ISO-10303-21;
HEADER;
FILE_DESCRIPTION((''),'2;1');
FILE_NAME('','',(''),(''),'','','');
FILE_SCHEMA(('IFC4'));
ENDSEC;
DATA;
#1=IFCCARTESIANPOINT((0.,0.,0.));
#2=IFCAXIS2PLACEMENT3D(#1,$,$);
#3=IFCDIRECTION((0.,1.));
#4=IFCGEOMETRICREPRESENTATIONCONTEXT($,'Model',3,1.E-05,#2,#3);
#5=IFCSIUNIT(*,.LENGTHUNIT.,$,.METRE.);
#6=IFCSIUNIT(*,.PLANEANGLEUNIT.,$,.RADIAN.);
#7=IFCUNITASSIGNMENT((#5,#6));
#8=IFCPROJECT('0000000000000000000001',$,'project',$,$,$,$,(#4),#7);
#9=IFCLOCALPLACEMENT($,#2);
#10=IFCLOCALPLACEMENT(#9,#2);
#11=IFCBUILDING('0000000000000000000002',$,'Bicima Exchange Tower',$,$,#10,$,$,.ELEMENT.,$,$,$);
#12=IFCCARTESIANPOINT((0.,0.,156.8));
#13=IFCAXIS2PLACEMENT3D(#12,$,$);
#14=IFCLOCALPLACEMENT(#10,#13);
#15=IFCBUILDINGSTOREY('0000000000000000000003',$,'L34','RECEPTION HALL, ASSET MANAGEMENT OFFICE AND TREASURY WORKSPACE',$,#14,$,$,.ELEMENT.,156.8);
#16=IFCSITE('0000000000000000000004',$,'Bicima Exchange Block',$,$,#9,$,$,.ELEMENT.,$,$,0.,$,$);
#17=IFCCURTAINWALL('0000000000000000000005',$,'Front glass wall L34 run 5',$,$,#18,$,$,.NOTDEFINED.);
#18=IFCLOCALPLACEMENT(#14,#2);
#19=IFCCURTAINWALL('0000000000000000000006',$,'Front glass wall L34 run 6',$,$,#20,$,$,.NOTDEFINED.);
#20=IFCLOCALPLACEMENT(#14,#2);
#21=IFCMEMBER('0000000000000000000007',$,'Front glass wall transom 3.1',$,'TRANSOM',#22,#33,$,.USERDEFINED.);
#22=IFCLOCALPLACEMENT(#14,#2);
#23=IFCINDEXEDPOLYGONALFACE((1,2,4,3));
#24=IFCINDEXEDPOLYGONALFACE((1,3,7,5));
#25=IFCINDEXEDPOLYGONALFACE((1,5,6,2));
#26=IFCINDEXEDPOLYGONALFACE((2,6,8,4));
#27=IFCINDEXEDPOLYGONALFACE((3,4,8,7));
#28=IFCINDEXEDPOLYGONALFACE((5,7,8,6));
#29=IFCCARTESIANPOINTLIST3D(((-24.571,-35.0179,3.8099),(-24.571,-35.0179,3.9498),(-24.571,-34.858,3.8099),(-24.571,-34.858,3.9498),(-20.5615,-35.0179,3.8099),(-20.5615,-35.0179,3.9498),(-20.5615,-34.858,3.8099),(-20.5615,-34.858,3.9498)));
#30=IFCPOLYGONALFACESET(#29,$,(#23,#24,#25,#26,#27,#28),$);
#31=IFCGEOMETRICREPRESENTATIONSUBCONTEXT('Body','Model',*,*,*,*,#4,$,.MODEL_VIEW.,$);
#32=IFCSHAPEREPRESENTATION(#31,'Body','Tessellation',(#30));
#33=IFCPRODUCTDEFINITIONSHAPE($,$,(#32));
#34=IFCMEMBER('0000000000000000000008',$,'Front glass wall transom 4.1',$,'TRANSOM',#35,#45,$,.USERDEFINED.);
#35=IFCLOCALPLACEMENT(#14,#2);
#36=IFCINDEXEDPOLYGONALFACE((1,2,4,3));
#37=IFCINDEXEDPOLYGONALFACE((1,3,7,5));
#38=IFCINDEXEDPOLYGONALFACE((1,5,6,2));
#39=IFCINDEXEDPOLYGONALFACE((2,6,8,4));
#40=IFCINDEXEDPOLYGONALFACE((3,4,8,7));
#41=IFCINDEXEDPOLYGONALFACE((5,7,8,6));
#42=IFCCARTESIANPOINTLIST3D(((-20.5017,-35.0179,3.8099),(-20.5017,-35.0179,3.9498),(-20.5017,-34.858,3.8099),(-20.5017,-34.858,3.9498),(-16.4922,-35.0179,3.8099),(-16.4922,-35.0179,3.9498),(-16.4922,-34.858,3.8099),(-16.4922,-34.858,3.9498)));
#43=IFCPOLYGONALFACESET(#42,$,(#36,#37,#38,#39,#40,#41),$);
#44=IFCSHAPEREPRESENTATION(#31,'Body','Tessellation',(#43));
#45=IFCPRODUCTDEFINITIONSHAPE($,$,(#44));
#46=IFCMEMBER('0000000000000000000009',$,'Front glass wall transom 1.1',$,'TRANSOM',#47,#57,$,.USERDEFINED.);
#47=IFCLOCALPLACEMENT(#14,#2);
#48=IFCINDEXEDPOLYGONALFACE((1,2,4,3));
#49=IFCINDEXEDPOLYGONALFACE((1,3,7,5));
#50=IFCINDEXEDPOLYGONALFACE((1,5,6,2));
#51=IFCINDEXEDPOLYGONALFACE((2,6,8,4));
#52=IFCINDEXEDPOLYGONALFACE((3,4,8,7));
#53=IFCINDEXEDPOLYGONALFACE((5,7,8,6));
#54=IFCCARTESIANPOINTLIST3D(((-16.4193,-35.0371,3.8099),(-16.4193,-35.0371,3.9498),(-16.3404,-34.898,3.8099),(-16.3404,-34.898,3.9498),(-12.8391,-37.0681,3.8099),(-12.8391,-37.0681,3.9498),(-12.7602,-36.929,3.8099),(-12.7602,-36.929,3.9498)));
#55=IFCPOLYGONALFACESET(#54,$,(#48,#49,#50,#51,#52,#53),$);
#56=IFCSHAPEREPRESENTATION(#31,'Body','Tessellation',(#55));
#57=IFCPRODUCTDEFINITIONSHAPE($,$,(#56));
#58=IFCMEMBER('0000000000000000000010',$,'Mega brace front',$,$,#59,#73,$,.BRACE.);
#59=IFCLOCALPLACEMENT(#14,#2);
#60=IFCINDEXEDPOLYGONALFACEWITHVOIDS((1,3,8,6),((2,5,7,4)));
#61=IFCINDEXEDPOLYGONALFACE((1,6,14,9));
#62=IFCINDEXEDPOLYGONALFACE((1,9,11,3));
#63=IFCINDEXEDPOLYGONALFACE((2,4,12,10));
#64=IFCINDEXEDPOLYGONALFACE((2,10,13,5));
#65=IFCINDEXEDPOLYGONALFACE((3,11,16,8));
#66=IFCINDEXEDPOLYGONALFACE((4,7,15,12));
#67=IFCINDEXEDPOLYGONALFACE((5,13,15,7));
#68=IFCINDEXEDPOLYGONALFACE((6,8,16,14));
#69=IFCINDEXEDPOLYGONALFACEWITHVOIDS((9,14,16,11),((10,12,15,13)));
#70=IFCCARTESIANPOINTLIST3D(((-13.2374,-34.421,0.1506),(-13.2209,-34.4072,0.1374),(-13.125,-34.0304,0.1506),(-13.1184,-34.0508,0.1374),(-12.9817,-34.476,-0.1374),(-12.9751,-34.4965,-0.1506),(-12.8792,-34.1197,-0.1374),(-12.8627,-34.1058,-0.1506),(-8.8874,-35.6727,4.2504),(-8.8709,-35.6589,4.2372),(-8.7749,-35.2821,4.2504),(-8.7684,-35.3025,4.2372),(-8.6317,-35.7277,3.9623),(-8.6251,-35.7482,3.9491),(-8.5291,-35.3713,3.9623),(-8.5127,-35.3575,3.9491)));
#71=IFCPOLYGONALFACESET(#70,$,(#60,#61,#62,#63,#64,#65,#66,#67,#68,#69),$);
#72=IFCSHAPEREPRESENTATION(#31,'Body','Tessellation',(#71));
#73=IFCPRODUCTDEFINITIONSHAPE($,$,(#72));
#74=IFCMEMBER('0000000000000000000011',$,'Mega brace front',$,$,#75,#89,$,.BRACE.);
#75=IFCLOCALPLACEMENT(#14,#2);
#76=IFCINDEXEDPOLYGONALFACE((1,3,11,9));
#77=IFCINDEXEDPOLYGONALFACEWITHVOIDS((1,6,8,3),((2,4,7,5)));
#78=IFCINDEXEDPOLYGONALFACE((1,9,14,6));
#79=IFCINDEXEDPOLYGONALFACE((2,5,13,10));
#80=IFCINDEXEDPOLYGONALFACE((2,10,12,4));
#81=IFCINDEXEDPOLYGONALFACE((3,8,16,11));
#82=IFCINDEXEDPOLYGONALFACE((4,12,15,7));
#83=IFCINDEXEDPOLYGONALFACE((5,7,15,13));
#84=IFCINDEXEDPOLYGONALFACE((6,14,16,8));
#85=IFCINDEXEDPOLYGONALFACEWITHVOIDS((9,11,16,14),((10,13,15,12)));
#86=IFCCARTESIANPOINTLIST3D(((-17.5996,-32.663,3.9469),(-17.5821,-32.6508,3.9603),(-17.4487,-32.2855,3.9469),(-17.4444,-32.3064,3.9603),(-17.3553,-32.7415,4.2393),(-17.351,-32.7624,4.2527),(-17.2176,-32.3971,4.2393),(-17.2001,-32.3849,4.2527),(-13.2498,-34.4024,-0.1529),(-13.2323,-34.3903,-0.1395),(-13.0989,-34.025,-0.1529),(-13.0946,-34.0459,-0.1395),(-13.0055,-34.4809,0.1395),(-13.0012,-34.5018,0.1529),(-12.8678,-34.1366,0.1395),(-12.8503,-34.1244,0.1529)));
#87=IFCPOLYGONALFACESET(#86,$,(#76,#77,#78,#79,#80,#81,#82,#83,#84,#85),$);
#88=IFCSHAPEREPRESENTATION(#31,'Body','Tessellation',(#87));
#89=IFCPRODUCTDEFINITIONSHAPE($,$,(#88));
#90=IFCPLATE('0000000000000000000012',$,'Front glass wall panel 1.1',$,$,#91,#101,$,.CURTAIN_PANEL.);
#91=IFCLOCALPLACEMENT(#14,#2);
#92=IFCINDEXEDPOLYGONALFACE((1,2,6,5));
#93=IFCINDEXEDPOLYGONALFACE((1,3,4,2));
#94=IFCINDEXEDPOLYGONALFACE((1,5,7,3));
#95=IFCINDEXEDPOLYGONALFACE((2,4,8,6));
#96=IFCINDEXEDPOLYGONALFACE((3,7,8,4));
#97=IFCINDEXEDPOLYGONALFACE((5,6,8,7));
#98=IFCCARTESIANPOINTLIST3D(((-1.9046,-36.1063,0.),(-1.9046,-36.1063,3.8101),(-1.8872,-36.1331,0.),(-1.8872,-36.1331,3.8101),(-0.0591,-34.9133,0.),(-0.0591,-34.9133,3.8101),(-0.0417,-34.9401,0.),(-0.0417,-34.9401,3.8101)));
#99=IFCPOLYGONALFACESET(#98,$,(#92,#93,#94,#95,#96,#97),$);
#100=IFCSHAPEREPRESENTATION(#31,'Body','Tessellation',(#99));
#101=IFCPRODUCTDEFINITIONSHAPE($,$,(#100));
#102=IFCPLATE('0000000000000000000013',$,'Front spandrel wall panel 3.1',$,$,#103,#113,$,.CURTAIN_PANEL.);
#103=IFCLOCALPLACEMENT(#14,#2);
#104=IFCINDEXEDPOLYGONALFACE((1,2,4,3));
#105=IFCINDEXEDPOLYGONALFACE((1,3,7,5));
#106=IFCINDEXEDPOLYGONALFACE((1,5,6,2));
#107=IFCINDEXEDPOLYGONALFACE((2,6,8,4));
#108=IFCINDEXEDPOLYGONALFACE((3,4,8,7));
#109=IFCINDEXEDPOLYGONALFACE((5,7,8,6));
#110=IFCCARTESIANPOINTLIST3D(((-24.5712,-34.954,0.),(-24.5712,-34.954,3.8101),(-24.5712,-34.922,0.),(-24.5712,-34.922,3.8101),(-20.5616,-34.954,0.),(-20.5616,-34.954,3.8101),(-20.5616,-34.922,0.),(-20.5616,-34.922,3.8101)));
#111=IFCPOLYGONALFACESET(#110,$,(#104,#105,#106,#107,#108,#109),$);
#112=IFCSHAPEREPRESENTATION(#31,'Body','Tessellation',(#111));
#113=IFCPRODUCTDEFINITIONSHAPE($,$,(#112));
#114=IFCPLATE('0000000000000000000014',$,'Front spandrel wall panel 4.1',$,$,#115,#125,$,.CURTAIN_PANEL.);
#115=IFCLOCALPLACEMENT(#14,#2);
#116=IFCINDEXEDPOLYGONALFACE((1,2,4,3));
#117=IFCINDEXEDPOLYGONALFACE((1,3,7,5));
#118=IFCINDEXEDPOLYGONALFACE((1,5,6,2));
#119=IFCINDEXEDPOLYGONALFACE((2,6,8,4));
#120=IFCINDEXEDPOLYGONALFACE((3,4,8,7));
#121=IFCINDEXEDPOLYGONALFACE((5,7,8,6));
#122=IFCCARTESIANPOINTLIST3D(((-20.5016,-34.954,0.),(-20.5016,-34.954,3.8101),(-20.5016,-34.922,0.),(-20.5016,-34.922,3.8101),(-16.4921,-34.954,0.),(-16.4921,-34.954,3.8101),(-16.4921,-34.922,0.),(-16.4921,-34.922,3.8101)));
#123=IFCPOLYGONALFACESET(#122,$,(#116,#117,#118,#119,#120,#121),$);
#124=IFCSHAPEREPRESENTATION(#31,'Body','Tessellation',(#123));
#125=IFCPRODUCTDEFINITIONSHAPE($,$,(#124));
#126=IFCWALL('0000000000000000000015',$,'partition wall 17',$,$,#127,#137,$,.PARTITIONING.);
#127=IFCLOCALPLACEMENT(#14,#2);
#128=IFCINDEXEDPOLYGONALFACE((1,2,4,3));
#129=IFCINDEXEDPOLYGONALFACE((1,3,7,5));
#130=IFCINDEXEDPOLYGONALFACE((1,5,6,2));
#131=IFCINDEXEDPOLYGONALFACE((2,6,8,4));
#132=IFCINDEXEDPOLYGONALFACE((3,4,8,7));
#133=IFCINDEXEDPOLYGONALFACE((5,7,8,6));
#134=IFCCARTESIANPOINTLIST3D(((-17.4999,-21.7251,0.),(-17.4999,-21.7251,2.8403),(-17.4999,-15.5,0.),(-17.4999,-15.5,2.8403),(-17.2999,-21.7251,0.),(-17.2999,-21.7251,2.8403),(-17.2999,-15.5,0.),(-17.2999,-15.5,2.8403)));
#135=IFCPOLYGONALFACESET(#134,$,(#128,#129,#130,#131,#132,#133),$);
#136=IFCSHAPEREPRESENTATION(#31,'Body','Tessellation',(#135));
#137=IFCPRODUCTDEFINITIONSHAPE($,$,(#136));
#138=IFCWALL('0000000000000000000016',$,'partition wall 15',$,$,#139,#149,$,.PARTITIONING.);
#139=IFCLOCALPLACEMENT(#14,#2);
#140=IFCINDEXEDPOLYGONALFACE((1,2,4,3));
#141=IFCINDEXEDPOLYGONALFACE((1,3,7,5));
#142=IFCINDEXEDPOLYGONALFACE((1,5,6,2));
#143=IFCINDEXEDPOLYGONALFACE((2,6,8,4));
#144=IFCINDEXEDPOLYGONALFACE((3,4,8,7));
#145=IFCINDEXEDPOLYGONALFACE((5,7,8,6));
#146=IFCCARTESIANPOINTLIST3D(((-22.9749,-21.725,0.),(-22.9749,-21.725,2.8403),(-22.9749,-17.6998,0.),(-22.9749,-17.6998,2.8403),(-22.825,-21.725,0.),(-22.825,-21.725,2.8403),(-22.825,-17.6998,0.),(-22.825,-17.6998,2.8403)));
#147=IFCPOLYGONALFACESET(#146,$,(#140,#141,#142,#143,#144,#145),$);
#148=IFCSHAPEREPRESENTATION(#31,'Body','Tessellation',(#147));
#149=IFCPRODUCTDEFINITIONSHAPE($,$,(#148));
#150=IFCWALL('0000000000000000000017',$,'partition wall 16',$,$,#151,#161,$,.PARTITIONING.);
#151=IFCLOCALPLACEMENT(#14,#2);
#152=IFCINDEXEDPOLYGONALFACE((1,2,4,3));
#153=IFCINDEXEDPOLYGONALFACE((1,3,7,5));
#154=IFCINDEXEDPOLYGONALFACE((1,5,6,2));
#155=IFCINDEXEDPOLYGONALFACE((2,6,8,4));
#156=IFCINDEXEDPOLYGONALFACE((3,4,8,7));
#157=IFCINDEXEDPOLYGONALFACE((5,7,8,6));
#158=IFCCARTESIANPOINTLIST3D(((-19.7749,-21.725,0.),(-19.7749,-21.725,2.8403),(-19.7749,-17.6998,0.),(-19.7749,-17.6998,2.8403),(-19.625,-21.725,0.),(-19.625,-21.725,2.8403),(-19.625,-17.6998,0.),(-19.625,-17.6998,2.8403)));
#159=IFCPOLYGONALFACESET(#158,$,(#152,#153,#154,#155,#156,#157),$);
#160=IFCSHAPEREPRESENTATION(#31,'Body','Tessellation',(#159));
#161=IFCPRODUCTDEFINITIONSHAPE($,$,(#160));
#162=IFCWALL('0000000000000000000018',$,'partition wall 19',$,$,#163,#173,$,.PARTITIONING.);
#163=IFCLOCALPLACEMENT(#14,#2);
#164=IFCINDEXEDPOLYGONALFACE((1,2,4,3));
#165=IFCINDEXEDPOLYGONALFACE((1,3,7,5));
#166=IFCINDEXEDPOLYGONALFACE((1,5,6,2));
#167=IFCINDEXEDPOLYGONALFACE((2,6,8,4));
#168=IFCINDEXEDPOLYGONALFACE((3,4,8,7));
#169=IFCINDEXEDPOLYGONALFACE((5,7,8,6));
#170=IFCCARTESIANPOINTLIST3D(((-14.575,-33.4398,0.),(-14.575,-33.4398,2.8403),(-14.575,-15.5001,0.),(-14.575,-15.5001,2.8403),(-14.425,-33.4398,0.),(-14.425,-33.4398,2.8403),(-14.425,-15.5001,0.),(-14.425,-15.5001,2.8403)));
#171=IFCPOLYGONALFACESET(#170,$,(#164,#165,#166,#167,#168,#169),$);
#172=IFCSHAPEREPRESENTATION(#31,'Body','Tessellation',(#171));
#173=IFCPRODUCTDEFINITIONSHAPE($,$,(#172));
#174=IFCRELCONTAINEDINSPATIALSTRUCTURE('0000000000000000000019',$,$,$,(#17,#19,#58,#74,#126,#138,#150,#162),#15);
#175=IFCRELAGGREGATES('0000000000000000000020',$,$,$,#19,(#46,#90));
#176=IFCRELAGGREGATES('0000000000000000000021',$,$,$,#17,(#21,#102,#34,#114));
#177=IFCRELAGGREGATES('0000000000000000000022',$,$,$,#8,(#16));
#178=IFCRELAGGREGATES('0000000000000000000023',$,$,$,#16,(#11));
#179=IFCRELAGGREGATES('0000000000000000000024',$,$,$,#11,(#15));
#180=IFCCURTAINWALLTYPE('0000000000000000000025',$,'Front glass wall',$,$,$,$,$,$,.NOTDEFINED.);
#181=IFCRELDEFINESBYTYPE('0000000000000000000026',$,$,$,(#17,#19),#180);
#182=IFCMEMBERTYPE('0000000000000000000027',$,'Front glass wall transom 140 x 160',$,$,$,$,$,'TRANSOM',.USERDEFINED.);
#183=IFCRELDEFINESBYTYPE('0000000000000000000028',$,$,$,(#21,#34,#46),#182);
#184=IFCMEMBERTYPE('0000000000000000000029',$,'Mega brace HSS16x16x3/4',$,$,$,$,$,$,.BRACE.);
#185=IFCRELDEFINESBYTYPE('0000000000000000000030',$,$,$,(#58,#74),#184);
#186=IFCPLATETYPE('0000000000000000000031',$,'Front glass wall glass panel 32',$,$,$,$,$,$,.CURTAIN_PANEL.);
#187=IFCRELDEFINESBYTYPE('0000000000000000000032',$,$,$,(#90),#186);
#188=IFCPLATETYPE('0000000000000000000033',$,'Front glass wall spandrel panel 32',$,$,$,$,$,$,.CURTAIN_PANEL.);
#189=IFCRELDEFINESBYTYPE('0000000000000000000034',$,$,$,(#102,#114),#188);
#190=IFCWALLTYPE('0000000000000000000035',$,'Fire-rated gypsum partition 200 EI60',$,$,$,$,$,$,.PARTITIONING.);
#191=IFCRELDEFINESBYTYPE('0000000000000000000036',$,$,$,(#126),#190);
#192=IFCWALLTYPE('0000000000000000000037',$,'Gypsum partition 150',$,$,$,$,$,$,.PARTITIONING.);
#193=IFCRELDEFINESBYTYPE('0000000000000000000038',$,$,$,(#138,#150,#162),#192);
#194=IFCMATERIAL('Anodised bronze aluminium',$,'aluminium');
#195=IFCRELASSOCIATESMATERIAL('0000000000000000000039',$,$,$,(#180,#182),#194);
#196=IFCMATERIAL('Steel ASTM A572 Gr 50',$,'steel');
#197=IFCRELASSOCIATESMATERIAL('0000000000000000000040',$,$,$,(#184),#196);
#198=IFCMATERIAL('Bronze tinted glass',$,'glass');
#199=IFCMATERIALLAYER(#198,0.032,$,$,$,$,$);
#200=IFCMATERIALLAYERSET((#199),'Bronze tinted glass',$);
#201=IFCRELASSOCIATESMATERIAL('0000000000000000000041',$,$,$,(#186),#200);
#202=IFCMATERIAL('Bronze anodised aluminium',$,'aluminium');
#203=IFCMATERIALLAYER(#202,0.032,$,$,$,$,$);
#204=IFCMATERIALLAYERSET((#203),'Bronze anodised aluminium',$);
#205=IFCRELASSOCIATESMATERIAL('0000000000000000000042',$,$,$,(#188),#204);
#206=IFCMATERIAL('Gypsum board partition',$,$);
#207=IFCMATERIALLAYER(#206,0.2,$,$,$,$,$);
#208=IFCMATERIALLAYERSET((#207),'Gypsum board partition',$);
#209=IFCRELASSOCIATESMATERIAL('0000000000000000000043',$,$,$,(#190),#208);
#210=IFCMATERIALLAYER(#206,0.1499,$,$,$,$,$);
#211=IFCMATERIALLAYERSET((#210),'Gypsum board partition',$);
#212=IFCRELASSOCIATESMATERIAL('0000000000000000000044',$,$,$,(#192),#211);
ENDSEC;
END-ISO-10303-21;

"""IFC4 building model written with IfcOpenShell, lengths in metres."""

from ifc_helpers import new_model, si_unit, direction, frame, frame_2d, origin, origin_2d, place, context, subcontext, project, spatial, rectangle, hollow_rectangle, extrude, material, layer, layer_set, material_profile, profile_set, type_object, element, aggregate, save


model = new_model("IFC4")

# Units and contexts
model_context = context("Model", 3, precision=1e-05, world=origin(), true_north=direction((0.0, 1.0)))
body_context = subcontext(model_context, "Body", "Model", "MODEL_VIEW")
ifc_project = project(units=[si_unit("LENGTHUNIT", "METRE"), si_unit("PLANEANGLEUNIT", "RADIAN")], contexts=[model_context])

# Site, building, storey
site_placement = place(None, origin())
site = spatial("IfcSite", under=ifc_project, at=site_placement, Name="Bicima Exchange Block", CompositionType="ELEMENT", RefElevation=0.0)
building_placement = place(site_placement, origin())
building = spatial("IfcBuilding", under=site, at=building_placement, Name="Bicima Exchange Tower", CompositionType="ELEMENT")
storey_placement = place(building_placement, frame((0.0, 0.0, 156.8)))
storey = spatial("IfcBuildingStorey", under=building, at=storey_placement, Name="L34", Description="RECEPTION HALL, ASSET MANAGEMENT OFFICE AND TREASURY WORKSPACE", CompositionType="ELEMENT", Elevation=156.8)

# Curtain wall
ifc_material_1 = material(Name="Anodised bronze aluminium", Category="aluminium")
curtain_wall_type = type_object("IfcCurtainWallType", Name="Front glass wall", PredefinedType="NOTDEFINED", material=ifc_material_1)
curtain_wall_1_placement = place(storey_placement, origin())
curtain_wall_1 = element("IfcCurtainWall", 1, at=curtain_wall_1_placement, inside=storey, type_object=curtain_wall_type, Name="Front glass wall L34 run 5", PredefinedType="NOTDEFINED")

# Curtain wall
curtain_wall_2_placement = place(storey_placement, origin())
curtain_wall_2 = element("IfcCurtainWall", 2, at=curtain_wall_2_placement, inside=storey, type_object=curtain_wall_type, Name="Front glass wall L34 run 6", PredefinedType="NOTDEFINED")

# Members
ifc_material_profile_1 = material_profile(ifc_material_1, rectangle(XDim=0.1599, YDim=0.1399, at=origin_2d()))
ifc_profile_set_1 = profile_set([ifc_material_profile_1], Name="Anodised bronze aluminium")
member_type_1 = type_object("IfcMemberType", Name="Front glass wall transom 140 x 160", ElementType="TRANSOM", PredefinedType="USERDEFINED", material=ifc_profile_set_1)
member_1_placement = place(storey_placement, frame((-24.571, -34.938, 3.8799), z_axis=(1.0, 0.0, 0.0), x_axis=(0.0, 1.0, 0.0)))
member_1 = element("IfcMember", 3, at=member_1_placement, type_object=member_type_1, Name="Front glass wall transom 3.1", ObjectType="TRANSOM", PredefinedType="USERDEFINED", context=body_context, shape_type="SweptSolid", body=[
    extrude(rectangle(XDim=0.1599, YDim=0.1399, at=origin_2d()), origin(), (0.0, 0.0, 1.0), 4.0095),
])
member_2_placement = place(storey_placement, frame((-20.5017, -34.938, 3.8799), z_axis=(1.0, 0.0, 0.0), x_axis=(0.0, 1.0, 0.0)))
member_2 = element("IfcMember", 4, at=member_2_placement, type_object=member_type_1, Name="Front glass wall transom 4.1", ObjectType="TRANSOM", PredefinedType="USERDEFINED", context=body_context, shape_type="SweptSolid", body=[
    extrude(rectangle(XDim=0.1599, YDim=0.1399, at=origin_2d()), origin(), (0.0, 0.0, 1.0), 4.0095),
])
member_3_placement = place(storey_placement, frame((-16.3799, -34.9675, 3.8799), z_axis=(0.869797, -0.493409, 0.0), x_axis=(0.493409, 0.869797, 0.0)))
member_3 = element("IfcMember", 5, at=member_3_placement, type_object=member_type_1, Name="Front glass wall transom 1.1", ObjectType="TRANSOM", PredefinedType="USERDEFINED", context=body_context, shape_type="SweptSolid", body=[
    extrude(rectangle(XDim=0.1599, YDim=0.1399, at=origin_2d()), origin(), (0.0, 0.0, 1.0), 4.1162),
])

# Members
ifc_material_2 = material(Name="Steel ASTM A572 Gr 50", Category="steel")
ifc_material_profile_2 = material_profile(ifc_material_2, hollow_rectangle(XDim=0.4065, YDim=0.4065, WallThickness=0.0178, at=origin_2d()))
ifc_profile_set_2 = profile_set([ifc_material_profile_2], Name="Steel ASTM A572 Gr 50")
member_type_2 = type_object("IfcMemberType", Name="Mega brace HSS16x16x3/4", PredefinedType="BRACE", material=ifc_profile_set_2)
member_4_placement = place(storey_placement, frame((-13.05, -34.2634, 0.0), z_axis=(0.71228, -0.204953, 0.671305), x_axis=(0.276523, 0.961007, 0.0)))
element("IfcMember", 6, at=member_4_placement, inside=storey, type_object=member_type_2, Name="Mega brace front", PredefinedType="BRACE", context=body_context, shape_type="SweptSolid", body=[
    extrude(hollow_rectangle(XDim=0.4065, YDim=0.4065, WallThickness=0.0178, at=origin_2d()), origin(), (0.0, 0.0, 1.0), 6.1072),
])
member_5_placement = place(storey_placement, frame((-13.05, -34.2634, 0.0), z_axis=(-0.698724, 0.279419, 0.658566), x_axis=(-0.37131, -0.928509, 0.0)))
element("IfcMember", 7, at=member_5_placement, inside=storey, type_object=member_type_2, Name="Mega brace front", PredefinedType="BRACE", context=body_context, shape_type="SweptSolid", body=[
    extrude(hollow_rectangle(XDim=0.4065, YDim=0.4065, WallThickness=0.0178, at=origin_2d()), origin(), (0.0, 0.0, 1.0), 6.2253),
])

# Plates
ifc_material_3 = material(Name="Bronze tinted glass", Category="glass")
ifc_layer_1 = layer(ifc_material_3, 0.032)
ifc_layer_set_1 = layer_set([ifc_layer_1], Name="Bronze tinted glass")
plate_type_1 = type_object("IfcPlateType", Name="Front glass wall glass panel 32", PredefinedType="CURTAIN_PANEL", material=ifc_layer_set_1)
plate_1_placement = place(storey_placement, frame((-0.9731, -35.5232, 0.0), z_axis=(0.0, 0.0, 1.0), x_axis=(0.839799, 0.542897, 0.0)))
plate_1 = element("IfcPlate", 8, at=plate_1_placement, type_object=plate_type_1, Name="Front glass wall panel 1.1", PredefinedType="CURTAIN_PANEL", context=body_context, shape_type="SweptSolid", body=[
    extrude(rectangle(XDim=2.1975, YDim=0.032, at=origin_2d()), origin(), (0.0, 0.0, 1.0), 3.8101),
])
aggregate(curtain_wall_2, [member_3, plate_1])
ifc_material_4 = material(Name="Bronze anodised aluminium", Category="aluminium")
ifc_layer_2 = layer(ifc_material_4, 0.032)
ifc_layer_set_2 = layer_set([ifc_layer_2], Name="Bronze anodised aluminium")
plate_type_2 = type_object("IfcPlateType", Name="Front glass wall spandrel panel 32", PredefinedType="CURTAIN_PANEL", material=ifc_layer_set_2)
plate_2_placement = place(storey_placement, frame((-22.5664, -34.938, 0.0), z_axis=(0.0, 0.0, 1.0), x_axis=(1.0, 0.0, 0.0)))
plate_2 = element("IfcPlate", 9, at=plate_2_placement, type_object=plate_type_2, Name="Front spandrel wall panel 3.1", PredefinedType="CURTAIN_PANEL", context=body_context, shape_type="SweptSolid", body=[
    extrude(rectangle(XDim=4.0095, YDim=0.032, at=origin_2d()), origin(), (0.0, 0.0, 1.0), 3.8101),
])
plate_3_placement = place(storey_placement, frame((-18.4968, -34.938, 0.0), z_axis=(0.0, 0.0, 1.0), x_axis=(1.0, 0.0, 0.0)))
plate_3 = element("IfcPlate", 10, at=plate_3_placement, type_object=plate_type_2, Name="Front spandrel wall panel 4.1", PredefinedType="CURTAIN_PANEL", context=body_context, shape_type="SweptSolid", body=[
    extrude(rectangle(XDim=4.0095, YDim=0.032, at=origin_2d()), origin(), (0.0, 0.0, 1.0), 3.8101),
])
aggregate(curtain_wall_1, [member_1, plate_2, member_2, plate_3])

# Walls
ifc_material_5 = material(Name="Gypsum board partition")
ifc_layer_3 = layer(ifc_material_5, 0.2)
ifc_layer_set_3 = layer_set([ifc_layer_3], Name="Gypsum board partition")
wall_type_1 = type_object("IfcWallType", Name="Fire-rated gypsum partition 200 EI60", PredefinedType="PARTITIONING", material=ifc_layer_set_3)
wall_1_placement = place(storey_placement, frame((-17.3999, -21.7251, 0.0), z_axis=(0.0, 0.0, 1.0), x_axis=(0.0, 1.0, 0.0)))
element("IfcWall", 11, at=wall_1_placement, inside=storey, type_object=wall_type_1, Name="partition wall 17", PredefinedType="PARTITIONING", context=body_context, shape_type="SweptSolid", body=[
    extrude(rectangle(XDim=6.2251, YDim=0.2, at=frame_2d((3.1125, 0.0))), origin(), (0.0, 0.0, 1.0), 2.8403),
])
ifc_layer_4 = layer(ifc_material_5, 0.1499)
ifc_layer_set_4 = layer_set([ifc_layer_4], Name="Gypsum board partition")
wall_type_2 = type_object("IfcWallType", Name="Gypsum partition 150", PredefinedType="PARTITIONING", material=ifc_layer_set_4)
for number, where, z_axis, x_axis, name in (
    (12, (-22.8999, -21.7251, 0.0), (0.0, 0.0, 1.0), (0.0, 1.0, 0.0), "partition wall 15"),
    (13, (-19.7, -21.7251, 0.0), (0.0, 0.0, 1.0), (0.0, 1.0, 0.0), "partition wall 16"),
):
    element("IfcWall", number, at=place(storey_placement, frame(where, z_axis=z_axis, x_axis=x_axis)), inside=storey, type_object=wall_type_2, Name=name, PredefinedType="PARTITIONING", context=body_context, shape_type="SweptSolid", body=[
        extrude(rectangle(XDim=4.0251, YDim=0.1499, at=frame_2d((2.0127, 0.0))), origin(), (0.0, 0.0, 1.0), 2.8403),
    ])
wall_2_placement = place(storey_placement, frame((-14.5, -33.4397, 0.0), z_axis=(0.0, 0.0, 1.0), x_axis=(0.0, 1.0, 0.0)))
element("IfcWall", 14, at=wall_2_placement, inside=storey, type_object=wall_type_2, Name="partition wall 19", PredefinedType="PARTITIONING", context=body_context, shape_type="SweptSolid", body=[
    extrude(rectangle(XDim=17.9397, YDim=0.1499, at=frame_2d((8.9697, 0.0))), origin(), (0.0, 0.0, 1.0), 2.8403),
])

save(model, "model.ifc")
